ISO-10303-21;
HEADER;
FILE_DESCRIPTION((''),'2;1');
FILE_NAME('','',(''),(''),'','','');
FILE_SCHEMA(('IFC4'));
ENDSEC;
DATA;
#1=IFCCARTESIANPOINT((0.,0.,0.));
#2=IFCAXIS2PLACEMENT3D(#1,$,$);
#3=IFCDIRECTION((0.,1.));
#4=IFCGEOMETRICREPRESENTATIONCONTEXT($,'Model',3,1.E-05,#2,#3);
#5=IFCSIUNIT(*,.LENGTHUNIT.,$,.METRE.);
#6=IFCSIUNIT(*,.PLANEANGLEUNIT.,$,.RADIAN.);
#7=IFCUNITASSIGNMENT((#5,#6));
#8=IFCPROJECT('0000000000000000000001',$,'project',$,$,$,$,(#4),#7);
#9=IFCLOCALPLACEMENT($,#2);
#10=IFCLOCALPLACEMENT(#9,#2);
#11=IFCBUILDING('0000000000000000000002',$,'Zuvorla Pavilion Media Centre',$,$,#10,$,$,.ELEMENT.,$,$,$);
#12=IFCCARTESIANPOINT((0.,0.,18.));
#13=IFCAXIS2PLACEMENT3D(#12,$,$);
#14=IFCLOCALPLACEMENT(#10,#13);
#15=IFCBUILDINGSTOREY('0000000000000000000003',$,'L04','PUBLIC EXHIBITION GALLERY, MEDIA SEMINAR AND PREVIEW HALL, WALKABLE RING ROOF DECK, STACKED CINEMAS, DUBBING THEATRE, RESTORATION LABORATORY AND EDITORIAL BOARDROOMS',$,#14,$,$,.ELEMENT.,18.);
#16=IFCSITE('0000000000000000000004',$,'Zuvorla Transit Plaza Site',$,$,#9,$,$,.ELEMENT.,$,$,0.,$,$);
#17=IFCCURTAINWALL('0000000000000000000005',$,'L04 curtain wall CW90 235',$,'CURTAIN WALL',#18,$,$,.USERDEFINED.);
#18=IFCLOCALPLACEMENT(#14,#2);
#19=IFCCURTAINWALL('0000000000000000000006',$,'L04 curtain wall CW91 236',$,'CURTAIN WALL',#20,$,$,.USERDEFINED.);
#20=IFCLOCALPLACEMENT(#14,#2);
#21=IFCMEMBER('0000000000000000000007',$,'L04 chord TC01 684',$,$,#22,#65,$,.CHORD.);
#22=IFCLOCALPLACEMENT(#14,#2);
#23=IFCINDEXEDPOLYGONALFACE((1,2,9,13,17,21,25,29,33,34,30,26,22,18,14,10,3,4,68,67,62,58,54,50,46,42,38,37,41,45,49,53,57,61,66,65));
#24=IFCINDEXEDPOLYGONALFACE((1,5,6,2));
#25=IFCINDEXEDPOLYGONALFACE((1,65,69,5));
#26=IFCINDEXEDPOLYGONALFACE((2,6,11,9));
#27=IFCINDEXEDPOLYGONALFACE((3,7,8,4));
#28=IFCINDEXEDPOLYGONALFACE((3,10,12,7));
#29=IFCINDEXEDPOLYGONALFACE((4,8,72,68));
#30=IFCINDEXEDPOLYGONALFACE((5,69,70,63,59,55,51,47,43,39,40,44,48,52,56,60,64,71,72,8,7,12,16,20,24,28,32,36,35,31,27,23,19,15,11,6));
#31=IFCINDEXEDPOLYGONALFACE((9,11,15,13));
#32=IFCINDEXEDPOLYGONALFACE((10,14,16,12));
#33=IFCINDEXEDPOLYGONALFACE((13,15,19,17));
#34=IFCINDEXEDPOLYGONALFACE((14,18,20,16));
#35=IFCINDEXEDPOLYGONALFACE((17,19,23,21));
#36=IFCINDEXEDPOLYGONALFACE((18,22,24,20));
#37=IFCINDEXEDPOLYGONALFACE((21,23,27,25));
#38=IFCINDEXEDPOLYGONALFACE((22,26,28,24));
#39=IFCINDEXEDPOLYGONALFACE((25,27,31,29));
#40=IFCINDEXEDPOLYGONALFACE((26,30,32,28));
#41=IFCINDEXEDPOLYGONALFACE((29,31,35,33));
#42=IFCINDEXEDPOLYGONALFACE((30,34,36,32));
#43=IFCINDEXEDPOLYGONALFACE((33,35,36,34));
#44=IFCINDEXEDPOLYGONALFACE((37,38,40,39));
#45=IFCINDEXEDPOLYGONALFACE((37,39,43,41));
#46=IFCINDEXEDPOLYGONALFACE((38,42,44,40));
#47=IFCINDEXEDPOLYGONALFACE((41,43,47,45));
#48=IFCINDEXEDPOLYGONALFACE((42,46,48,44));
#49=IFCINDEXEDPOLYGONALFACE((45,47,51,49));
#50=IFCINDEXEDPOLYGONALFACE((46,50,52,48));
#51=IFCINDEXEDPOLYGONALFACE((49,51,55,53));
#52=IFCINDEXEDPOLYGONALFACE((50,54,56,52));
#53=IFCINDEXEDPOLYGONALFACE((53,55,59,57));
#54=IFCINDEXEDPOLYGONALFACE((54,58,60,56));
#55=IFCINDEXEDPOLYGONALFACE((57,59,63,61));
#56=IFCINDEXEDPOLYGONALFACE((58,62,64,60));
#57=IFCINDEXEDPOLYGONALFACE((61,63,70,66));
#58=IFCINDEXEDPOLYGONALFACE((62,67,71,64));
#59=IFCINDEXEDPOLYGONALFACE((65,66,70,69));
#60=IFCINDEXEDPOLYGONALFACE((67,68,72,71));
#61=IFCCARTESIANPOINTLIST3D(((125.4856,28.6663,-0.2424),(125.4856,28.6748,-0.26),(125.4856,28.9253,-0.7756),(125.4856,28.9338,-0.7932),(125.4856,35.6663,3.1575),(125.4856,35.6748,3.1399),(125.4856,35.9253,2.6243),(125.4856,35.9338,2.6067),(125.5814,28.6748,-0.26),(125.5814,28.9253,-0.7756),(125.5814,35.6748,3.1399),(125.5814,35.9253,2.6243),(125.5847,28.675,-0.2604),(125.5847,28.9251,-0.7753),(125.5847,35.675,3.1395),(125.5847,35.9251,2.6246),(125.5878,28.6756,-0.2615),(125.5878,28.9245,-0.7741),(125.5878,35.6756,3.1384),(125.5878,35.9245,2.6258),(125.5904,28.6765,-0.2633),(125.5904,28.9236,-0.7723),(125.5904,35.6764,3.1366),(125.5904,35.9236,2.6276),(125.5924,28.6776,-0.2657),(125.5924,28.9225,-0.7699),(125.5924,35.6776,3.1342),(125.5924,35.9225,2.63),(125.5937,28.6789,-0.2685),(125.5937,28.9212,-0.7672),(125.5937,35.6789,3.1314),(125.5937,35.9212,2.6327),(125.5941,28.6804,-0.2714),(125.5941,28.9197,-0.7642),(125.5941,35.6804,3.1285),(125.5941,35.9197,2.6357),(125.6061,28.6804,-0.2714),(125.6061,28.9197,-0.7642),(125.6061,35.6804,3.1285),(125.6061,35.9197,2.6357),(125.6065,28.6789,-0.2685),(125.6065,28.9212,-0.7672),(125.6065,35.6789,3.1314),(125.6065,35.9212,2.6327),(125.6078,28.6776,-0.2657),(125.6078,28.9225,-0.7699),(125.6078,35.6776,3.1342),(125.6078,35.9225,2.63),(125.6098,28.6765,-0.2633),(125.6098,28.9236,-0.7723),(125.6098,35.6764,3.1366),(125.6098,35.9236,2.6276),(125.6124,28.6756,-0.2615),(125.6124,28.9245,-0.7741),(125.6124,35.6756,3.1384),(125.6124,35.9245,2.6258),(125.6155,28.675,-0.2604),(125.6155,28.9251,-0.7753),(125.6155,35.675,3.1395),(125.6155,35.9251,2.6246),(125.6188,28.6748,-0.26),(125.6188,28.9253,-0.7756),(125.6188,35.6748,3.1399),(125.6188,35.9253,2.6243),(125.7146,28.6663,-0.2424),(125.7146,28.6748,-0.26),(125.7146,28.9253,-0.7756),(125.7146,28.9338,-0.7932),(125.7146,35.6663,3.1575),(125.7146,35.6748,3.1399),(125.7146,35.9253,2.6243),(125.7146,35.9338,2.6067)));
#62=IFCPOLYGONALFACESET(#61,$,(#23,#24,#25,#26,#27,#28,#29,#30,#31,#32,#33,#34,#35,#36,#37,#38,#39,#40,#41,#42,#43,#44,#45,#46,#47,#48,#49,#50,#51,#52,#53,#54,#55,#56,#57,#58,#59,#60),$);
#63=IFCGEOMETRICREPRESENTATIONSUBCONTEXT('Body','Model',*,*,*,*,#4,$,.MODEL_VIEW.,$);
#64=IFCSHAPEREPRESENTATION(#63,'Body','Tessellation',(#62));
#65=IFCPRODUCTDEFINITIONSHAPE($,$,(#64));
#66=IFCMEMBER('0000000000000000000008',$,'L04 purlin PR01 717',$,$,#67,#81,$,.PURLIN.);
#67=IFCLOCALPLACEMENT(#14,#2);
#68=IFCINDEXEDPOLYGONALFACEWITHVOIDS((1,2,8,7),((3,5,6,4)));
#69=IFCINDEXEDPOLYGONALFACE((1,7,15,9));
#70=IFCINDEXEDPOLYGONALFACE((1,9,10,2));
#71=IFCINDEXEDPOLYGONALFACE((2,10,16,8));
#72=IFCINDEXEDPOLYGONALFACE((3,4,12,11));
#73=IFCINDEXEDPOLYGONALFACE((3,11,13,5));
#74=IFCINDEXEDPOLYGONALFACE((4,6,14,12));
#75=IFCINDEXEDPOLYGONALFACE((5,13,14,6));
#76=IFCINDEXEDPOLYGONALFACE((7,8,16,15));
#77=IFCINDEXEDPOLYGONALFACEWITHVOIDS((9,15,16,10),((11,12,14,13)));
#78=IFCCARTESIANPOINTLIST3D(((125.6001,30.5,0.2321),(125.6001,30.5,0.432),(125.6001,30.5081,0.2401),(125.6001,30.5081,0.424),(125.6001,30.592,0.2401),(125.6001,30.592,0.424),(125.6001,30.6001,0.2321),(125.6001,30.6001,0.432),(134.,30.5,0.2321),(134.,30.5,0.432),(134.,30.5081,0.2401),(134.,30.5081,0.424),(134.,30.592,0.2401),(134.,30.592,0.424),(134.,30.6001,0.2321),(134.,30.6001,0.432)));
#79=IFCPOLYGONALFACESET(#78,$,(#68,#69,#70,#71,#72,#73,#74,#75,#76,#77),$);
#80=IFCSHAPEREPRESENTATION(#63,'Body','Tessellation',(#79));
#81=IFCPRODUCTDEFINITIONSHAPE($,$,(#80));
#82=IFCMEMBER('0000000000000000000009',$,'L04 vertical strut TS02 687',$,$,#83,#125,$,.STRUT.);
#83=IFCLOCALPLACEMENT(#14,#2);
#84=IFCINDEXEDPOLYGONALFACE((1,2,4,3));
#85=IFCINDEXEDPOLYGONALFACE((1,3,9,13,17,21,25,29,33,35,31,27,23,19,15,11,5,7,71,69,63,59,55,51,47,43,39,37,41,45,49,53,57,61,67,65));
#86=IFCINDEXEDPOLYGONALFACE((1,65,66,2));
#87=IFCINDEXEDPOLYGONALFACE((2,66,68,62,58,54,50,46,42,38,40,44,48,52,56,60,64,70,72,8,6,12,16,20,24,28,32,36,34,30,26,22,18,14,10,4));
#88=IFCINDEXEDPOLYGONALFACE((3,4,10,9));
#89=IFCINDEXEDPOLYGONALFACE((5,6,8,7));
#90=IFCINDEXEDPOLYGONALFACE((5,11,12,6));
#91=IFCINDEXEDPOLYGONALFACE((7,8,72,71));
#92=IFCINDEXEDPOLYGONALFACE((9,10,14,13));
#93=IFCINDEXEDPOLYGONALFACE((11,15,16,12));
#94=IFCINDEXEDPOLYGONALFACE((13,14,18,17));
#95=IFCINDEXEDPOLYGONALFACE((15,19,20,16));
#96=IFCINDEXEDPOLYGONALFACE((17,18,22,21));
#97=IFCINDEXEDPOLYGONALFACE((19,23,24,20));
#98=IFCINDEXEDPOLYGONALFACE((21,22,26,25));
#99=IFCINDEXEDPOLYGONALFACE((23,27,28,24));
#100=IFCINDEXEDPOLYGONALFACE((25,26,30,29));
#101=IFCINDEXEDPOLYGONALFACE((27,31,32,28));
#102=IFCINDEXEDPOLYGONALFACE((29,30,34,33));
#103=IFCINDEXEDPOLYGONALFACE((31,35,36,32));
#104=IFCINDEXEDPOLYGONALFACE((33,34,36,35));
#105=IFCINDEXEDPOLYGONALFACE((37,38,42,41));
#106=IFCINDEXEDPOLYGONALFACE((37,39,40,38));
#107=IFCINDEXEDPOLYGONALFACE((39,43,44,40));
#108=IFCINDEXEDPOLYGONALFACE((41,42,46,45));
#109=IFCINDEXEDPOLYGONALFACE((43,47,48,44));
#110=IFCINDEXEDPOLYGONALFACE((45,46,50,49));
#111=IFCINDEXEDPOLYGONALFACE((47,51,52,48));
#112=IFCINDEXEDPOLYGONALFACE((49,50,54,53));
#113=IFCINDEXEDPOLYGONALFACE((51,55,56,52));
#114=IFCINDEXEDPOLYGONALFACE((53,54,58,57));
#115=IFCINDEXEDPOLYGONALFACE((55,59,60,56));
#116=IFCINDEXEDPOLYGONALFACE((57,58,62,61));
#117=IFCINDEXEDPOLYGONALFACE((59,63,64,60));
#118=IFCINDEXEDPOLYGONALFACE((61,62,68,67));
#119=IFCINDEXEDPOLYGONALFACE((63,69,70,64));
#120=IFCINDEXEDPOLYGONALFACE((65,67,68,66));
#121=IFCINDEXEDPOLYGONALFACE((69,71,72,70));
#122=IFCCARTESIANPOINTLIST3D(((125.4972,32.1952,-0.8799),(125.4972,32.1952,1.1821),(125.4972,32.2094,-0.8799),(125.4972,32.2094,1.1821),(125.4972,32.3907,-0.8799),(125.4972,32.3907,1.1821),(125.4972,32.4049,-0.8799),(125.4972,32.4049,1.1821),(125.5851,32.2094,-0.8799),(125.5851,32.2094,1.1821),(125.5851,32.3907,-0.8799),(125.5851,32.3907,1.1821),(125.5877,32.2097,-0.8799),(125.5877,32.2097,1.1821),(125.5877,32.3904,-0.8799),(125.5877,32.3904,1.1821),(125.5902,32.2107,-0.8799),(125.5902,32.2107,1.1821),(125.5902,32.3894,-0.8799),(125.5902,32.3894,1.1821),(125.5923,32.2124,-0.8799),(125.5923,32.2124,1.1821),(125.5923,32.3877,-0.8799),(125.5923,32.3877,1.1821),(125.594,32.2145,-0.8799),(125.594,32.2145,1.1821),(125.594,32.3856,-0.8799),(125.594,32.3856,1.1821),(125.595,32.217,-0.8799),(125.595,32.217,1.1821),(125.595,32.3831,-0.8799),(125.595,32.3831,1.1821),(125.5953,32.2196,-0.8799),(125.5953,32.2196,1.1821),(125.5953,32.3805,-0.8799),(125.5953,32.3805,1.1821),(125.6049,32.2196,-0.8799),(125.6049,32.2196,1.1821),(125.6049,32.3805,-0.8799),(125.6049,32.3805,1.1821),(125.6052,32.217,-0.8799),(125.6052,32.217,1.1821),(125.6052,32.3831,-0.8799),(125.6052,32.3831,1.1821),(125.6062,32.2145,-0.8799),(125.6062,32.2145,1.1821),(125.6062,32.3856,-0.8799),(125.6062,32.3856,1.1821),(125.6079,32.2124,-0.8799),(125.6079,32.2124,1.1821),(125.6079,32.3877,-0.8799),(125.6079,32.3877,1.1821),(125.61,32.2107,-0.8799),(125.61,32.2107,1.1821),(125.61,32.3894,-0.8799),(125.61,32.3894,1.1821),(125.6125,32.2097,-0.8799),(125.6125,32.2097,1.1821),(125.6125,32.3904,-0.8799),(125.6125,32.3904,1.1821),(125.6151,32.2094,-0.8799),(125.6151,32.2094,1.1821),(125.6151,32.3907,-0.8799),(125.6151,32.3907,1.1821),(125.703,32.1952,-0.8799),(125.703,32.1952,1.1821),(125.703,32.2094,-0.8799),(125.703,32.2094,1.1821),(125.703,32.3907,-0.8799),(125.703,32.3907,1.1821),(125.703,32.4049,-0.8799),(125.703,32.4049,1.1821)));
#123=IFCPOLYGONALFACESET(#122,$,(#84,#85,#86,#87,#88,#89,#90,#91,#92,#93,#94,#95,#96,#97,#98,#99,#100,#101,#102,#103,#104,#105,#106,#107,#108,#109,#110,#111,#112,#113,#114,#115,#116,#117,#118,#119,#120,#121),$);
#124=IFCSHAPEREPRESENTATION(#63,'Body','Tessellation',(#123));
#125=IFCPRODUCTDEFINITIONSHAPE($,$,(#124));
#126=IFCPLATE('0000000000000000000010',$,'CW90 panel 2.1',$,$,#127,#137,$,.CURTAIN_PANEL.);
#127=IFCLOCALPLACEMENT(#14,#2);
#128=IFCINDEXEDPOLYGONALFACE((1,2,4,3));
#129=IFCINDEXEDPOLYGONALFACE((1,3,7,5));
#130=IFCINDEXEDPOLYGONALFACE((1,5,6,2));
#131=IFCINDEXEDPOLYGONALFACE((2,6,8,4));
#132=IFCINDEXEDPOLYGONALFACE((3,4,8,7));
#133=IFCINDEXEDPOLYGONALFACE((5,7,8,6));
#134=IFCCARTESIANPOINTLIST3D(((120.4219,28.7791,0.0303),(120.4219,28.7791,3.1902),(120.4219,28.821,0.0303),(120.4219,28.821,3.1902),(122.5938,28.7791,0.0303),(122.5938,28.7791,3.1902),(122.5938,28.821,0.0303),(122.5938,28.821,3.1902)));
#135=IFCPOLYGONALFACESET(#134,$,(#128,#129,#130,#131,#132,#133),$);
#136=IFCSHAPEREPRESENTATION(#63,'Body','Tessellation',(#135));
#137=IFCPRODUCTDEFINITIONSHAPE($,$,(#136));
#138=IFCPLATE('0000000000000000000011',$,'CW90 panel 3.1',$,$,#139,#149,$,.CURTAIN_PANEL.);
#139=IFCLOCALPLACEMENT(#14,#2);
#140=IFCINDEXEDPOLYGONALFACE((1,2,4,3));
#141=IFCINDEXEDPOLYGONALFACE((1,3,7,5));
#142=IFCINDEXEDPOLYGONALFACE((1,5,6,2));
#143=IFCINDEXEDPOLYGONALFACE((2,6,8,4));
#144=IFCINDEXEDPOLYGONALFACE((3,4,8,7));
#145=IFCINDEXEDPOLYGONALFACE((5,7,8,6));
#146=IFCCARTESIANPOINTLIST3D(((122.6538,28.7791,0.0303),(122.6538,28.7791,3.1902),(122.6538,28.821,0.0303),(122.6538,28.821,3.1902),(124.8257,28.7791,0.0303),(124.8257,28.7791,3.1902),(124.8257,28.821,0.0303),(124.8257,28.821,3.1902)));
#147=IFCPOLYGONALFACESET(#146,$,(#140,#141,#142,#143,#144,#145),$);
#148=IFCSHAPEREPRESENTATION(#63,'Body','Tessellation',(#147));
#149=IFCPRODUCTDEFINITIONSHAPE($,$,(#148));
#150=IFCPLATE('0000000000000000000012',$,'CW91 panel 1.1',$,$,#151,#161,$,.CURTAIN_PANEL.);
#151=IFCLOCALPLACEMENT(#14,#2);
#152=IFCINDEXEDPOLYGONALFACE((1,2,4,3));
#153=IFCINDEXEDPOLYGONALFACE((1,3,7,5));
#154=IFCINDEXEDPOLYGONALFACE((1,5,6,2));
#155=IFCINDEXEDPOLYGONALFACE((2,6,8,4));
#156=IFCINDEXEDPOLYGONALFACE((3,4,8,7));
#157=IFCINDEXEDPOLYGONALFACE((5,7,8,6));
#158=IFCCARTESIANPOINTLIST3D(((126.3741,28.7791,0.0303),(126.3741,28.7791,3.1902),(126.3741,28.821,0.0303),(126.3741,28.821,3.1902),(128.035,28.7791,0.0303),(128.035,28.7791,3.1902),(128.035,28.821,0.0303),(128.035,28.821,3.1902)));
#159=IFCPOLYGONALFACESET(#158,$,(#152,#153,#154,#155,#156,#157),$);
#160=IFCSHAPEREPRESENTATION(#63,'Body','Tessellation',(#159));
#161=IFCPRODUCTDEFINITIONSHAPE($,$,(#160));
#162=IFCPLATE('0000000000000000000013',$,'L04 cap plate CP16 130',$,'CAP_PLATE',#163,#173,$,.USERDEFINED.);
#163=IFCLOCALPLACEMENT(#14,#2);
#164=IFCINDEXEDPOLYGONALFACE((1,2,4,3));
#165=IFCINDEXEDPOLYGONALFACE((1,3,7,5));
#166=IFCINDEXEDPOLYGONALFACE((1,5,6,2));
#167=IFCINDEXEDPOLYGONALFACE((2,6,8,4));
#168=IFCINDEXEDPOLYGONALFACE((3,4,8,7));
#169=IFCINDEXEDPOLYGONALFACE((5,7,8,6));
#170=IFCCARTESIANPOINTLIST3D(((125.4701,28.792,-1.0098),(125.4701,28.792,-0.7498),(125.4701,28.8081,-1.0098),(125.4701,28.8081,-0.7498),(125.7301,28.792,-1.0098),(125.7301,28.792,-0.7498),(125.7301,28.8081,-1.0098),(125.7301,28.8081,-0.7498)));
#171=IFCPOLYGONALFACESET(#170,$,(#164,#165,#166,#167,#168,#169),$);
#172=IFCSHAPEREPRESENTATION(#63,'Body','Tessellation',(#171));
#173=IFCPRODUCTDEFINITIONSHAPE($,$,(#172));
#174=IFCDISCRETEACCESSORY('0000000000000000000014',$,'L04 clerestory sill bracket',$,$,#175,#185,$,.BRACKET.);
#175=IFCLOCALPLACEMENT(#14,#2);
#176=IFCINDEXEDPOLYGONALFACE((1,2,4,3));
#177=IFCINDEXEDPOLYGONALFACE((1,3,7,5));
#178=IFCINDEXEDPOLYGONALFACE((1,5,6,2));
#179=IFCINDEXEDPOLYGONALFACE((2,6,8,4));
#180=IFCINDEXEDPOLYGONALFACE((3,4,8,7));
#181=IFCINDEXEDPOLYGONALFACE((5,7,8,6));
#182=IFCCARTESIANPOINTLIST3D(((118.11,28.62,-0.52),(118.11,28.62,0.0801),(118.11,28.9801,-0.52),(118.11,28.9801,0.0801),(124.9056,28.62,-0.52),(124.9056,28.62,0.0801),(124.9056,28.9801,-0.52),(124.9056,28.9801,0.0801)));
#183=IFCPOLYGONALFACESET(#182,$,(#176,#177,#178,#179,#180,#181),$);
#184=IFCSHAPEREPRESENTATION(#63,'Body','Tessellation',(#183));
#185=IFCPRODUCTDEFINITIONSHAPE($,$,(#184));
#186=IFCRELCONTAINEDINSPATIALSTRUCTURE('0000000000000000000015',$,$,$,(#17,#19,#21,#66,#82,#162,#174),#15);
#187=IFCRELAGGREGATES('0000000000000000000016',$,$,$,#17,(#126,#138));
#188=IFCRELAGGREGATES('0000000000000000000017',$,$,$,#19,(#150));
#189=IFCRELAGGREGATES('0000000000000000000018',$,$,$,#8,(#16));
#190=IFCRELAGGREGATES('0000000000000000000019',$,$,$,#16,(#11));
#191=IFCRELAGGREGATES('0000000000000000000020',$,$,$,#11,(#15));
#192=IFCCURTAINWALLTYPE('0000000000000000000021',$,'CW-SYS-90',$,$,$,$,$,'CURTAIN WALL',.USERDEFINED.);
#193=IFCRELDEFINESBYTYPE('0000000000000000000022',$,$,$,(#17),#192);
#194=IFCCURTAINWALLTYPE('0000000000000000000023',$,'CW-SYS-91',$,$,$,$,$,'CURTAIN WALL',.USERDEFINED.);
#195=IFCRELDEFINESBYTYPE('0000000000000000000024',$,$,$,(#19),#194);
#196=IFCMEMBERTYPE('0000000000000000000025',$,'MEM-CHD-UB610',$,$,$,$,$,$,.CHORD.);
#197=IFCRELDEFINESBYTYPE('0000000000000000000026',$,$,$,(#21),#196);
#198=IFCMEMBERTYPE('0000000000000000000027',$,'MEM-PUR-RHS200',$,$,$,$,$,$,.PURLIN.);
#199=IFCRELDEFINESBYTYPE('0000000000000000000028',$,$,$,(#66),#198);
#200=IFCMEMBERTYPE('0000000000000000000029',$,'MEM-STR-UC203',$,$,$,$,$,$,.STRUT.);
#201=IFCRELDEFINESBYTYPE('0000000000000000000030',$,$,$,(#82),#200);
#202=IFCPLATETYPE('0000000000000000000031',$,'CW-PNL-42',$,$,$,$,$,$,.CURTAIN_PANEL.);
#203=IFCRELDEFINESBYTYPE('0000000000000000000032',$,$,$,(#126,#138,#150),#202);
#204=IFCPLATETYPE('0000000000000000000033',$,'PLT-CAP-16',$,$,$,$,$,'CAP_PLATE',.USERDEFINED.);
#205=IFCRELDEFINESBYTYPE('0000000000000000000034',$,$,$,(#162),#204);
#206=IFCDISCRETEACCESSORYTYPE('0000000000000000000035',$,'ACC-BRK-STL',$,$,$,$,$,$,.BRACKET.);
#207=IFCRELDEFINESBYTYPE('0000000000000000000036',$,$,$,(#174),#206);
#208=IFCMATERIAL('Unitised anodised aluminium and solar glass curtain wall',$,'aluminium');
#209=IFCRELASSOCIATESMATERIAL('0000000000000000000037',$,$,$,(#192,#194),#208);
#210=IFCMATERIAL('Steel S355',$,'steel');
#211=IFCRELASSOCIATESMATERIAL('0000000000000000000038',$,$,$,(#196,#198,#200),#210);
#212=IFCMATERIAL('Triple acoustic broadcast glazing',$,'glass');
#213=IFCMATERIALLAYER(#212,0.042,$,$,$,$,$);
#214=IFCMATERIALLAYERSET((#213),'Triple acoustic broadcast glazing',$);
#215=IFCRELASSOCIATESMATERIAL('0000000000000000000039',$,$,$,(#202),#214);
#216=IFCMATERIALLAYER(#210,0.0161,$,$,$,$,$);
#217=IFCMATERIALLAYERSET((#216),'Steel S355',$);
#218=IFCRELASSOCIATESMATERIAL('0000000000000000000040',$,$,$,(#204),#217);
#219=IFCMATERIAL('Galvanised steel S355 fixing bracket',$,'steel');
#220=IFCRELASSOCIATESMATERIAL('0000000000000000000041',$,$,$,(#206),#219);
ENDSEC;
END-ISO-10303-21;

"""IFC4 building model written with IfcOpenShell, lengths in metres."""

from ifc_helpers import new_model, si_unit, direction, frame, origin, origin_2d, place, context, subcontext, project, spatial, rectangle, hollow_rectangle, i_section, extrude, material, layer, layer_set, material_profile, profile_set, type_object, element, aggregate, save


model = new_model("IFC4")

# Units and contexts
model_context = context("Model", 3, precision=1e-05, world=origin(), true_north=direction((0.0, 1.0)))
body_context = subcontext(model_context, "Body", "Model", "MODEL_VIEW")
ifc_project = project(units=[si_unit("LENGTHUNIT", "METRE"), si_unit("PLANEANGLEUNIT", "RADIAN")], contexts=[model_context])

# Site, building, storey
site_placement = place(None, origin())
site = spatial("IfcSite", under=ifc_project, at=site_placement, Name="Zuvorla Transit Plaza Site", CompositionType="ELEMENT", RefElevation=0.0)
building_placement = place(site_placement, origin())
building = spatial("IfcBuilding", under=site, at=building_placement, Name="Zuvorla Pavilion Media Centre", CompositionType="ELEMENT")
storey_placement = place(building_placement, frame((0.0, 0.0, 18.0)))
storey = spatial("IfcBuildingStorey", under=building, at=storey_placement, Name="L04", Description="PUBLIC EXHIBITION GALLERY, MEDIA SEMINAR AND PREVIEW HALL, WALKABLE RING ROOF DECK, STACKED CINEMAS, DUBBING THEATRE, RESTORATION LABORATORY AND EDITORIAL BOARDROOMS", CompositionType="ELEMENT", Elevation=18.0)

# Shared definitions
ifc_material_1 = material(Name="Steel S355", Category="steel")

# Curtain wall
ifc_material_2 = material(Name="Unitised anodised aluminium and solar glass curtain wall", Category="aluminium")
curtain_wall_type_1 = type_object("IfcCurtainWallType", Name="CW-SYS-90", ElementType="CURTAIN WALL", PredefinedType="USERDEFINED", material=ifc_material_2)
curtain_wall_1_placement = place(storey_placement, origin())
curtain_wall_1 = element("IfcCurtainWall", 1, at=curtain_wall_1_placement, inside=storey, type_object=curtain_wall_type_1, Name="L04 curtain wall CW90 235", ObjectType="CURTAIN WALL", PredefinedType="USERDEFINED")

# Curtain wall
curtain_wall_type_2 = type_object("IfcCurtainWallType", Name="CW-SYS-91", ElementType="CURTAIN WALL", PredefinedType="USERDEFINED", material=ifc_material_2)
curtain_wall_2_placement = place(storey_placement, origin())
curtain_wall_2 = element("IfcCurtainWall", 2, at=curtain_wall_2_placement, inside=storey, type_object=curtain_wall_type_2, Name="L04 curtain wall CW91 236", ObjectType="CURTAIN WALL", PredefinedType="USERDEFINED")

# Members
ifc_material_profile_1 = material_profile(ifc_material_1, i_section(OverallWidth=0.229, OverallDepth=0.6123, WebThickness=0.012, FlangeThickness=0.0195, FilletRadius=0.0127, at=origin_2d()), Name="UB 610x229x125")
ifc_profile_set_1 = profile_set([ifc_material_profile_1], Name="Steel S355")
member_type_1 = type_object("IfcMemberType", Name="MEM-CHD-UB610", PredefinedType="CHORD", material=ifc_profile_set_1)
member_1_placement = place(storey_placement, frame((125.6001, 28.8, -0.5178), z_axis=(0.0, 0.899513, 0.436894), x_axis=(-1.0, 0.0, 0.0)))
element("IfcMember", 3, at=member_1_placement, inside=storey, type_object=member_type_1, Name="L04 chord TC01 684", PredefinedType="CHORD", context=body_context, shape_type="SweptSolid", body=[
    extrude(i_section(OverallWidth=0.229, OverallDepth=0.6123, WebThickness=0.012, FlangeThickness=0.0195, FilletRadius=0.0127, at=origin_2d()), origin(), (0.0, 0.0, 1.0), 7.782),
])
ifc_material_profile_2 = material_profile(ifc_material_1, hollow_rectangle(XDim=0.1001, YDim=0.2, WallThickness=0.0081, at=origin_2d()), Name="RHS 200x100x8")
ifc_profile_set_2 = profile_set([ifc_material_profile_2], Name="Steel S355")
member_type_2 = type_object("IfcMemberType", Name="MEM-PUR-RHS200", PredefinedType="PURLIN", material=ifc_profile_set_2)
member_2_placement = place(storey_placement, frame((125.6001, 30.55, 0.332), z_axis=(1.0, 0.0, 0.0), x_axis=(0.0, 1.0, 0.0)))
element("IfcMember", 4, at=member_2_placement, inside=storey, type_object=member_type_2, Name="L04 purlin PR01 717", PredefinedType="PURLIN", context=body_context, shape_type="SweptSolid", body=[
    extrude(hollow_rectangle(XDim=0.1001, YDim=0.2, WallThickness=0.0081, at=origin_2d()), origin(), (0.0, 0.0, 1.0), 8.3999),
])
ifc_material_profile_3 = material_profile(ifc_material_1, i_section(OverallWidth=0.2058, OverallDepth=0.2097, WebThickness=0.0095, FlangeThickness=0.0142, FilletRadius=0.0103, at=origin_2d()), Name="UC 203x203x60")
ifc_profile_set_3 = profile_set([ifc_material_profile_3], Name="Steel S355")
member_type_3 = type_object("IfcMemberType", Name="MEM-STR-UC203", PredefinedType="STRUT", material=ifc_profile_set_3)
member_3_placement = place(storey_placement, frame((125.6001, 32.3, -0.8799), z_axis=(0.0, 0.0, 1.0), x_axis=(1.0, 0.0, 0.0)))
element("IfcMember", 5, at=member_3_placement, inside=storey, type_object=member_type_3, Name="L04 vertical strut TS02 687", PredefinedType="STRUT", context=body_context, shape_type="SweptSolid", body=[
    extrude(i_section(OverallWidth=0.2058, OverallDepth=0.2097, WebThickness=0.0095, FlangeThickness=0.0142, FilletRadius=0.0103, at=origin_2d()), origin(), (0.0, 0.0, 1.0), 2.062),
])

# Plates
ifc_material_3 = material(Name="Triple acoustic broadcast glazing", Category="glass")
ifc_layer_1 = layer(ifc_material_3, 0.042)
ifc_layer_set_1 = layer_set([ifc_layer_1], Name="Triple acoustic broadcast glazing")
plate_type_1 = type_object("IfcPlateType", Name="CW-PNL-42", PredefinedType="CURTAIN_PANEL", material=ifc_layer_set_1)
plate_1_placement = place(storey_placement, frame((121.5078, 28.8, 0.0303), z_axis=(0.0, 0.0, 1.0), x_axis=(1.0, 0.0, 0.0)))
plate_1 = element("IfcPlate", 6, at=plate_1_placement, type_object=plate_type_1, Name="CW90 panel 2.1", PredefinedType="CURTAIN_PANEL", context=body_context, shape_type="SweptSolid", body=[
    extrude(rectangle(XDim=2.1719, YDim=0.042, at=origin_2d()), origin(), (0.0, 0.0, 1.0), 3.1599),
])
plate_2_placement = place(storey_placement, frame((123.7397, 28.8, 0.0303), z_axis=(0.0, 0.0, 1.0), x_axis=(1.0, 0.0, 0.0)))
plate_2 = element("IfcPlate", 7, at=plate_2_placement, type_object=plate_type_1, Name="CW90 panel 3.1", PredefinedType="CURTAIN_PANEL", context=body_context, shape_type="SweptSolid", body=[
    extrude(rectangle(XDim=2.1719, YDim=0.042, at=origin_2d()), origin(), (0.0, 0.0, 1.0), 3.1599),
])
aggregate(curtain_wall_1, [plate_1, plate_2])
plate_3_placement = place(storey_placement, frame((127.2046, 28.8, 0.0303), z_axis=(0.0, 0.0, 1.0), x_axis=(1.0, 0.0, 0.0)))
plate_3 = element("IfcPlate", 8, at=plate_3_placement, type_object=plate_type_1, Name="CW91 panel 1.1", PredefinedType="CURTAIN_PANEL", context=body_context, shape_type="SweptSolid", body=[
    extrude(rectangle(XDim=1.6609, YDim=0.042, at=origin_2d()), origin(), (0.0, 0.0, 1.0), 3.1599),
])
aggregate(curtain_wall_2, [plate_3])
ifc_layer_2 = layer(ifc_material_1, 0.0161)
ifc_layer_set_2 = layer_set([ifc_layer_2], Name="Steel S355")
plate_type_2 = type_object("IfcPlateType", Name="PLT-CAP-16", ElementType="CAP_PLATE", PredefinedType="USERDEFINED", material=ifc_layer_set_2)
plate_4_placement = place(storey_placement, frame((125.6001, 28.8, -1.0098), z_axis=(0.0, 0.0, 1.0), x_axis=(1.0, 0.0, 0.0)))
element("IfcPlate", 9, at=plate_4_placement, inside=storey, type_object=plate_type_2, Name="L04 cap plate CP16 130", ObjectType="CAP_PLATE", PredefinedType="USERDEFINED", context=body_context, shape_type="SweptSolid", body=[
    extrude(rectangle(XDim=0.26, YDim=0.0161, at=origin_2d()), origin(), (0.0, 0.0, 1.0), 0.26),
])

# Discrete accessory
ifc_material_4 = material(Name="Galvanised steel S355 fixing bracket", Category="steel")
discrete_accessory_type = type_object("IfcDiscreteAccessoryType", Name="ACC-BRK-STL", PredefinedType="BRACKET", material=ifc_material_4)
discrete_accessory_placement = place(storey_placement, frame((121.5078, 28.8, -0.52), z_axis=(0.0, 0.0, 1.0), x_axis=(1.0, 0.0, 0.0)))
element("IfcDiscreteAccessory", 10, at=discrete_accessory_placement, inside=storey, type_object=discrete_accessory_type, Name="L04 clerestory sill bracket", PredefinedType="BRACKET", context=body_context, shape_type="SweptSolid", body=[
    extrude(rectangle(XDim=6.7957, YDim=0.3601, at=origin_2d()), origin(), (0.0, 0.0, 1.0), 0.6001),
])

save(model, "model.ifc")
